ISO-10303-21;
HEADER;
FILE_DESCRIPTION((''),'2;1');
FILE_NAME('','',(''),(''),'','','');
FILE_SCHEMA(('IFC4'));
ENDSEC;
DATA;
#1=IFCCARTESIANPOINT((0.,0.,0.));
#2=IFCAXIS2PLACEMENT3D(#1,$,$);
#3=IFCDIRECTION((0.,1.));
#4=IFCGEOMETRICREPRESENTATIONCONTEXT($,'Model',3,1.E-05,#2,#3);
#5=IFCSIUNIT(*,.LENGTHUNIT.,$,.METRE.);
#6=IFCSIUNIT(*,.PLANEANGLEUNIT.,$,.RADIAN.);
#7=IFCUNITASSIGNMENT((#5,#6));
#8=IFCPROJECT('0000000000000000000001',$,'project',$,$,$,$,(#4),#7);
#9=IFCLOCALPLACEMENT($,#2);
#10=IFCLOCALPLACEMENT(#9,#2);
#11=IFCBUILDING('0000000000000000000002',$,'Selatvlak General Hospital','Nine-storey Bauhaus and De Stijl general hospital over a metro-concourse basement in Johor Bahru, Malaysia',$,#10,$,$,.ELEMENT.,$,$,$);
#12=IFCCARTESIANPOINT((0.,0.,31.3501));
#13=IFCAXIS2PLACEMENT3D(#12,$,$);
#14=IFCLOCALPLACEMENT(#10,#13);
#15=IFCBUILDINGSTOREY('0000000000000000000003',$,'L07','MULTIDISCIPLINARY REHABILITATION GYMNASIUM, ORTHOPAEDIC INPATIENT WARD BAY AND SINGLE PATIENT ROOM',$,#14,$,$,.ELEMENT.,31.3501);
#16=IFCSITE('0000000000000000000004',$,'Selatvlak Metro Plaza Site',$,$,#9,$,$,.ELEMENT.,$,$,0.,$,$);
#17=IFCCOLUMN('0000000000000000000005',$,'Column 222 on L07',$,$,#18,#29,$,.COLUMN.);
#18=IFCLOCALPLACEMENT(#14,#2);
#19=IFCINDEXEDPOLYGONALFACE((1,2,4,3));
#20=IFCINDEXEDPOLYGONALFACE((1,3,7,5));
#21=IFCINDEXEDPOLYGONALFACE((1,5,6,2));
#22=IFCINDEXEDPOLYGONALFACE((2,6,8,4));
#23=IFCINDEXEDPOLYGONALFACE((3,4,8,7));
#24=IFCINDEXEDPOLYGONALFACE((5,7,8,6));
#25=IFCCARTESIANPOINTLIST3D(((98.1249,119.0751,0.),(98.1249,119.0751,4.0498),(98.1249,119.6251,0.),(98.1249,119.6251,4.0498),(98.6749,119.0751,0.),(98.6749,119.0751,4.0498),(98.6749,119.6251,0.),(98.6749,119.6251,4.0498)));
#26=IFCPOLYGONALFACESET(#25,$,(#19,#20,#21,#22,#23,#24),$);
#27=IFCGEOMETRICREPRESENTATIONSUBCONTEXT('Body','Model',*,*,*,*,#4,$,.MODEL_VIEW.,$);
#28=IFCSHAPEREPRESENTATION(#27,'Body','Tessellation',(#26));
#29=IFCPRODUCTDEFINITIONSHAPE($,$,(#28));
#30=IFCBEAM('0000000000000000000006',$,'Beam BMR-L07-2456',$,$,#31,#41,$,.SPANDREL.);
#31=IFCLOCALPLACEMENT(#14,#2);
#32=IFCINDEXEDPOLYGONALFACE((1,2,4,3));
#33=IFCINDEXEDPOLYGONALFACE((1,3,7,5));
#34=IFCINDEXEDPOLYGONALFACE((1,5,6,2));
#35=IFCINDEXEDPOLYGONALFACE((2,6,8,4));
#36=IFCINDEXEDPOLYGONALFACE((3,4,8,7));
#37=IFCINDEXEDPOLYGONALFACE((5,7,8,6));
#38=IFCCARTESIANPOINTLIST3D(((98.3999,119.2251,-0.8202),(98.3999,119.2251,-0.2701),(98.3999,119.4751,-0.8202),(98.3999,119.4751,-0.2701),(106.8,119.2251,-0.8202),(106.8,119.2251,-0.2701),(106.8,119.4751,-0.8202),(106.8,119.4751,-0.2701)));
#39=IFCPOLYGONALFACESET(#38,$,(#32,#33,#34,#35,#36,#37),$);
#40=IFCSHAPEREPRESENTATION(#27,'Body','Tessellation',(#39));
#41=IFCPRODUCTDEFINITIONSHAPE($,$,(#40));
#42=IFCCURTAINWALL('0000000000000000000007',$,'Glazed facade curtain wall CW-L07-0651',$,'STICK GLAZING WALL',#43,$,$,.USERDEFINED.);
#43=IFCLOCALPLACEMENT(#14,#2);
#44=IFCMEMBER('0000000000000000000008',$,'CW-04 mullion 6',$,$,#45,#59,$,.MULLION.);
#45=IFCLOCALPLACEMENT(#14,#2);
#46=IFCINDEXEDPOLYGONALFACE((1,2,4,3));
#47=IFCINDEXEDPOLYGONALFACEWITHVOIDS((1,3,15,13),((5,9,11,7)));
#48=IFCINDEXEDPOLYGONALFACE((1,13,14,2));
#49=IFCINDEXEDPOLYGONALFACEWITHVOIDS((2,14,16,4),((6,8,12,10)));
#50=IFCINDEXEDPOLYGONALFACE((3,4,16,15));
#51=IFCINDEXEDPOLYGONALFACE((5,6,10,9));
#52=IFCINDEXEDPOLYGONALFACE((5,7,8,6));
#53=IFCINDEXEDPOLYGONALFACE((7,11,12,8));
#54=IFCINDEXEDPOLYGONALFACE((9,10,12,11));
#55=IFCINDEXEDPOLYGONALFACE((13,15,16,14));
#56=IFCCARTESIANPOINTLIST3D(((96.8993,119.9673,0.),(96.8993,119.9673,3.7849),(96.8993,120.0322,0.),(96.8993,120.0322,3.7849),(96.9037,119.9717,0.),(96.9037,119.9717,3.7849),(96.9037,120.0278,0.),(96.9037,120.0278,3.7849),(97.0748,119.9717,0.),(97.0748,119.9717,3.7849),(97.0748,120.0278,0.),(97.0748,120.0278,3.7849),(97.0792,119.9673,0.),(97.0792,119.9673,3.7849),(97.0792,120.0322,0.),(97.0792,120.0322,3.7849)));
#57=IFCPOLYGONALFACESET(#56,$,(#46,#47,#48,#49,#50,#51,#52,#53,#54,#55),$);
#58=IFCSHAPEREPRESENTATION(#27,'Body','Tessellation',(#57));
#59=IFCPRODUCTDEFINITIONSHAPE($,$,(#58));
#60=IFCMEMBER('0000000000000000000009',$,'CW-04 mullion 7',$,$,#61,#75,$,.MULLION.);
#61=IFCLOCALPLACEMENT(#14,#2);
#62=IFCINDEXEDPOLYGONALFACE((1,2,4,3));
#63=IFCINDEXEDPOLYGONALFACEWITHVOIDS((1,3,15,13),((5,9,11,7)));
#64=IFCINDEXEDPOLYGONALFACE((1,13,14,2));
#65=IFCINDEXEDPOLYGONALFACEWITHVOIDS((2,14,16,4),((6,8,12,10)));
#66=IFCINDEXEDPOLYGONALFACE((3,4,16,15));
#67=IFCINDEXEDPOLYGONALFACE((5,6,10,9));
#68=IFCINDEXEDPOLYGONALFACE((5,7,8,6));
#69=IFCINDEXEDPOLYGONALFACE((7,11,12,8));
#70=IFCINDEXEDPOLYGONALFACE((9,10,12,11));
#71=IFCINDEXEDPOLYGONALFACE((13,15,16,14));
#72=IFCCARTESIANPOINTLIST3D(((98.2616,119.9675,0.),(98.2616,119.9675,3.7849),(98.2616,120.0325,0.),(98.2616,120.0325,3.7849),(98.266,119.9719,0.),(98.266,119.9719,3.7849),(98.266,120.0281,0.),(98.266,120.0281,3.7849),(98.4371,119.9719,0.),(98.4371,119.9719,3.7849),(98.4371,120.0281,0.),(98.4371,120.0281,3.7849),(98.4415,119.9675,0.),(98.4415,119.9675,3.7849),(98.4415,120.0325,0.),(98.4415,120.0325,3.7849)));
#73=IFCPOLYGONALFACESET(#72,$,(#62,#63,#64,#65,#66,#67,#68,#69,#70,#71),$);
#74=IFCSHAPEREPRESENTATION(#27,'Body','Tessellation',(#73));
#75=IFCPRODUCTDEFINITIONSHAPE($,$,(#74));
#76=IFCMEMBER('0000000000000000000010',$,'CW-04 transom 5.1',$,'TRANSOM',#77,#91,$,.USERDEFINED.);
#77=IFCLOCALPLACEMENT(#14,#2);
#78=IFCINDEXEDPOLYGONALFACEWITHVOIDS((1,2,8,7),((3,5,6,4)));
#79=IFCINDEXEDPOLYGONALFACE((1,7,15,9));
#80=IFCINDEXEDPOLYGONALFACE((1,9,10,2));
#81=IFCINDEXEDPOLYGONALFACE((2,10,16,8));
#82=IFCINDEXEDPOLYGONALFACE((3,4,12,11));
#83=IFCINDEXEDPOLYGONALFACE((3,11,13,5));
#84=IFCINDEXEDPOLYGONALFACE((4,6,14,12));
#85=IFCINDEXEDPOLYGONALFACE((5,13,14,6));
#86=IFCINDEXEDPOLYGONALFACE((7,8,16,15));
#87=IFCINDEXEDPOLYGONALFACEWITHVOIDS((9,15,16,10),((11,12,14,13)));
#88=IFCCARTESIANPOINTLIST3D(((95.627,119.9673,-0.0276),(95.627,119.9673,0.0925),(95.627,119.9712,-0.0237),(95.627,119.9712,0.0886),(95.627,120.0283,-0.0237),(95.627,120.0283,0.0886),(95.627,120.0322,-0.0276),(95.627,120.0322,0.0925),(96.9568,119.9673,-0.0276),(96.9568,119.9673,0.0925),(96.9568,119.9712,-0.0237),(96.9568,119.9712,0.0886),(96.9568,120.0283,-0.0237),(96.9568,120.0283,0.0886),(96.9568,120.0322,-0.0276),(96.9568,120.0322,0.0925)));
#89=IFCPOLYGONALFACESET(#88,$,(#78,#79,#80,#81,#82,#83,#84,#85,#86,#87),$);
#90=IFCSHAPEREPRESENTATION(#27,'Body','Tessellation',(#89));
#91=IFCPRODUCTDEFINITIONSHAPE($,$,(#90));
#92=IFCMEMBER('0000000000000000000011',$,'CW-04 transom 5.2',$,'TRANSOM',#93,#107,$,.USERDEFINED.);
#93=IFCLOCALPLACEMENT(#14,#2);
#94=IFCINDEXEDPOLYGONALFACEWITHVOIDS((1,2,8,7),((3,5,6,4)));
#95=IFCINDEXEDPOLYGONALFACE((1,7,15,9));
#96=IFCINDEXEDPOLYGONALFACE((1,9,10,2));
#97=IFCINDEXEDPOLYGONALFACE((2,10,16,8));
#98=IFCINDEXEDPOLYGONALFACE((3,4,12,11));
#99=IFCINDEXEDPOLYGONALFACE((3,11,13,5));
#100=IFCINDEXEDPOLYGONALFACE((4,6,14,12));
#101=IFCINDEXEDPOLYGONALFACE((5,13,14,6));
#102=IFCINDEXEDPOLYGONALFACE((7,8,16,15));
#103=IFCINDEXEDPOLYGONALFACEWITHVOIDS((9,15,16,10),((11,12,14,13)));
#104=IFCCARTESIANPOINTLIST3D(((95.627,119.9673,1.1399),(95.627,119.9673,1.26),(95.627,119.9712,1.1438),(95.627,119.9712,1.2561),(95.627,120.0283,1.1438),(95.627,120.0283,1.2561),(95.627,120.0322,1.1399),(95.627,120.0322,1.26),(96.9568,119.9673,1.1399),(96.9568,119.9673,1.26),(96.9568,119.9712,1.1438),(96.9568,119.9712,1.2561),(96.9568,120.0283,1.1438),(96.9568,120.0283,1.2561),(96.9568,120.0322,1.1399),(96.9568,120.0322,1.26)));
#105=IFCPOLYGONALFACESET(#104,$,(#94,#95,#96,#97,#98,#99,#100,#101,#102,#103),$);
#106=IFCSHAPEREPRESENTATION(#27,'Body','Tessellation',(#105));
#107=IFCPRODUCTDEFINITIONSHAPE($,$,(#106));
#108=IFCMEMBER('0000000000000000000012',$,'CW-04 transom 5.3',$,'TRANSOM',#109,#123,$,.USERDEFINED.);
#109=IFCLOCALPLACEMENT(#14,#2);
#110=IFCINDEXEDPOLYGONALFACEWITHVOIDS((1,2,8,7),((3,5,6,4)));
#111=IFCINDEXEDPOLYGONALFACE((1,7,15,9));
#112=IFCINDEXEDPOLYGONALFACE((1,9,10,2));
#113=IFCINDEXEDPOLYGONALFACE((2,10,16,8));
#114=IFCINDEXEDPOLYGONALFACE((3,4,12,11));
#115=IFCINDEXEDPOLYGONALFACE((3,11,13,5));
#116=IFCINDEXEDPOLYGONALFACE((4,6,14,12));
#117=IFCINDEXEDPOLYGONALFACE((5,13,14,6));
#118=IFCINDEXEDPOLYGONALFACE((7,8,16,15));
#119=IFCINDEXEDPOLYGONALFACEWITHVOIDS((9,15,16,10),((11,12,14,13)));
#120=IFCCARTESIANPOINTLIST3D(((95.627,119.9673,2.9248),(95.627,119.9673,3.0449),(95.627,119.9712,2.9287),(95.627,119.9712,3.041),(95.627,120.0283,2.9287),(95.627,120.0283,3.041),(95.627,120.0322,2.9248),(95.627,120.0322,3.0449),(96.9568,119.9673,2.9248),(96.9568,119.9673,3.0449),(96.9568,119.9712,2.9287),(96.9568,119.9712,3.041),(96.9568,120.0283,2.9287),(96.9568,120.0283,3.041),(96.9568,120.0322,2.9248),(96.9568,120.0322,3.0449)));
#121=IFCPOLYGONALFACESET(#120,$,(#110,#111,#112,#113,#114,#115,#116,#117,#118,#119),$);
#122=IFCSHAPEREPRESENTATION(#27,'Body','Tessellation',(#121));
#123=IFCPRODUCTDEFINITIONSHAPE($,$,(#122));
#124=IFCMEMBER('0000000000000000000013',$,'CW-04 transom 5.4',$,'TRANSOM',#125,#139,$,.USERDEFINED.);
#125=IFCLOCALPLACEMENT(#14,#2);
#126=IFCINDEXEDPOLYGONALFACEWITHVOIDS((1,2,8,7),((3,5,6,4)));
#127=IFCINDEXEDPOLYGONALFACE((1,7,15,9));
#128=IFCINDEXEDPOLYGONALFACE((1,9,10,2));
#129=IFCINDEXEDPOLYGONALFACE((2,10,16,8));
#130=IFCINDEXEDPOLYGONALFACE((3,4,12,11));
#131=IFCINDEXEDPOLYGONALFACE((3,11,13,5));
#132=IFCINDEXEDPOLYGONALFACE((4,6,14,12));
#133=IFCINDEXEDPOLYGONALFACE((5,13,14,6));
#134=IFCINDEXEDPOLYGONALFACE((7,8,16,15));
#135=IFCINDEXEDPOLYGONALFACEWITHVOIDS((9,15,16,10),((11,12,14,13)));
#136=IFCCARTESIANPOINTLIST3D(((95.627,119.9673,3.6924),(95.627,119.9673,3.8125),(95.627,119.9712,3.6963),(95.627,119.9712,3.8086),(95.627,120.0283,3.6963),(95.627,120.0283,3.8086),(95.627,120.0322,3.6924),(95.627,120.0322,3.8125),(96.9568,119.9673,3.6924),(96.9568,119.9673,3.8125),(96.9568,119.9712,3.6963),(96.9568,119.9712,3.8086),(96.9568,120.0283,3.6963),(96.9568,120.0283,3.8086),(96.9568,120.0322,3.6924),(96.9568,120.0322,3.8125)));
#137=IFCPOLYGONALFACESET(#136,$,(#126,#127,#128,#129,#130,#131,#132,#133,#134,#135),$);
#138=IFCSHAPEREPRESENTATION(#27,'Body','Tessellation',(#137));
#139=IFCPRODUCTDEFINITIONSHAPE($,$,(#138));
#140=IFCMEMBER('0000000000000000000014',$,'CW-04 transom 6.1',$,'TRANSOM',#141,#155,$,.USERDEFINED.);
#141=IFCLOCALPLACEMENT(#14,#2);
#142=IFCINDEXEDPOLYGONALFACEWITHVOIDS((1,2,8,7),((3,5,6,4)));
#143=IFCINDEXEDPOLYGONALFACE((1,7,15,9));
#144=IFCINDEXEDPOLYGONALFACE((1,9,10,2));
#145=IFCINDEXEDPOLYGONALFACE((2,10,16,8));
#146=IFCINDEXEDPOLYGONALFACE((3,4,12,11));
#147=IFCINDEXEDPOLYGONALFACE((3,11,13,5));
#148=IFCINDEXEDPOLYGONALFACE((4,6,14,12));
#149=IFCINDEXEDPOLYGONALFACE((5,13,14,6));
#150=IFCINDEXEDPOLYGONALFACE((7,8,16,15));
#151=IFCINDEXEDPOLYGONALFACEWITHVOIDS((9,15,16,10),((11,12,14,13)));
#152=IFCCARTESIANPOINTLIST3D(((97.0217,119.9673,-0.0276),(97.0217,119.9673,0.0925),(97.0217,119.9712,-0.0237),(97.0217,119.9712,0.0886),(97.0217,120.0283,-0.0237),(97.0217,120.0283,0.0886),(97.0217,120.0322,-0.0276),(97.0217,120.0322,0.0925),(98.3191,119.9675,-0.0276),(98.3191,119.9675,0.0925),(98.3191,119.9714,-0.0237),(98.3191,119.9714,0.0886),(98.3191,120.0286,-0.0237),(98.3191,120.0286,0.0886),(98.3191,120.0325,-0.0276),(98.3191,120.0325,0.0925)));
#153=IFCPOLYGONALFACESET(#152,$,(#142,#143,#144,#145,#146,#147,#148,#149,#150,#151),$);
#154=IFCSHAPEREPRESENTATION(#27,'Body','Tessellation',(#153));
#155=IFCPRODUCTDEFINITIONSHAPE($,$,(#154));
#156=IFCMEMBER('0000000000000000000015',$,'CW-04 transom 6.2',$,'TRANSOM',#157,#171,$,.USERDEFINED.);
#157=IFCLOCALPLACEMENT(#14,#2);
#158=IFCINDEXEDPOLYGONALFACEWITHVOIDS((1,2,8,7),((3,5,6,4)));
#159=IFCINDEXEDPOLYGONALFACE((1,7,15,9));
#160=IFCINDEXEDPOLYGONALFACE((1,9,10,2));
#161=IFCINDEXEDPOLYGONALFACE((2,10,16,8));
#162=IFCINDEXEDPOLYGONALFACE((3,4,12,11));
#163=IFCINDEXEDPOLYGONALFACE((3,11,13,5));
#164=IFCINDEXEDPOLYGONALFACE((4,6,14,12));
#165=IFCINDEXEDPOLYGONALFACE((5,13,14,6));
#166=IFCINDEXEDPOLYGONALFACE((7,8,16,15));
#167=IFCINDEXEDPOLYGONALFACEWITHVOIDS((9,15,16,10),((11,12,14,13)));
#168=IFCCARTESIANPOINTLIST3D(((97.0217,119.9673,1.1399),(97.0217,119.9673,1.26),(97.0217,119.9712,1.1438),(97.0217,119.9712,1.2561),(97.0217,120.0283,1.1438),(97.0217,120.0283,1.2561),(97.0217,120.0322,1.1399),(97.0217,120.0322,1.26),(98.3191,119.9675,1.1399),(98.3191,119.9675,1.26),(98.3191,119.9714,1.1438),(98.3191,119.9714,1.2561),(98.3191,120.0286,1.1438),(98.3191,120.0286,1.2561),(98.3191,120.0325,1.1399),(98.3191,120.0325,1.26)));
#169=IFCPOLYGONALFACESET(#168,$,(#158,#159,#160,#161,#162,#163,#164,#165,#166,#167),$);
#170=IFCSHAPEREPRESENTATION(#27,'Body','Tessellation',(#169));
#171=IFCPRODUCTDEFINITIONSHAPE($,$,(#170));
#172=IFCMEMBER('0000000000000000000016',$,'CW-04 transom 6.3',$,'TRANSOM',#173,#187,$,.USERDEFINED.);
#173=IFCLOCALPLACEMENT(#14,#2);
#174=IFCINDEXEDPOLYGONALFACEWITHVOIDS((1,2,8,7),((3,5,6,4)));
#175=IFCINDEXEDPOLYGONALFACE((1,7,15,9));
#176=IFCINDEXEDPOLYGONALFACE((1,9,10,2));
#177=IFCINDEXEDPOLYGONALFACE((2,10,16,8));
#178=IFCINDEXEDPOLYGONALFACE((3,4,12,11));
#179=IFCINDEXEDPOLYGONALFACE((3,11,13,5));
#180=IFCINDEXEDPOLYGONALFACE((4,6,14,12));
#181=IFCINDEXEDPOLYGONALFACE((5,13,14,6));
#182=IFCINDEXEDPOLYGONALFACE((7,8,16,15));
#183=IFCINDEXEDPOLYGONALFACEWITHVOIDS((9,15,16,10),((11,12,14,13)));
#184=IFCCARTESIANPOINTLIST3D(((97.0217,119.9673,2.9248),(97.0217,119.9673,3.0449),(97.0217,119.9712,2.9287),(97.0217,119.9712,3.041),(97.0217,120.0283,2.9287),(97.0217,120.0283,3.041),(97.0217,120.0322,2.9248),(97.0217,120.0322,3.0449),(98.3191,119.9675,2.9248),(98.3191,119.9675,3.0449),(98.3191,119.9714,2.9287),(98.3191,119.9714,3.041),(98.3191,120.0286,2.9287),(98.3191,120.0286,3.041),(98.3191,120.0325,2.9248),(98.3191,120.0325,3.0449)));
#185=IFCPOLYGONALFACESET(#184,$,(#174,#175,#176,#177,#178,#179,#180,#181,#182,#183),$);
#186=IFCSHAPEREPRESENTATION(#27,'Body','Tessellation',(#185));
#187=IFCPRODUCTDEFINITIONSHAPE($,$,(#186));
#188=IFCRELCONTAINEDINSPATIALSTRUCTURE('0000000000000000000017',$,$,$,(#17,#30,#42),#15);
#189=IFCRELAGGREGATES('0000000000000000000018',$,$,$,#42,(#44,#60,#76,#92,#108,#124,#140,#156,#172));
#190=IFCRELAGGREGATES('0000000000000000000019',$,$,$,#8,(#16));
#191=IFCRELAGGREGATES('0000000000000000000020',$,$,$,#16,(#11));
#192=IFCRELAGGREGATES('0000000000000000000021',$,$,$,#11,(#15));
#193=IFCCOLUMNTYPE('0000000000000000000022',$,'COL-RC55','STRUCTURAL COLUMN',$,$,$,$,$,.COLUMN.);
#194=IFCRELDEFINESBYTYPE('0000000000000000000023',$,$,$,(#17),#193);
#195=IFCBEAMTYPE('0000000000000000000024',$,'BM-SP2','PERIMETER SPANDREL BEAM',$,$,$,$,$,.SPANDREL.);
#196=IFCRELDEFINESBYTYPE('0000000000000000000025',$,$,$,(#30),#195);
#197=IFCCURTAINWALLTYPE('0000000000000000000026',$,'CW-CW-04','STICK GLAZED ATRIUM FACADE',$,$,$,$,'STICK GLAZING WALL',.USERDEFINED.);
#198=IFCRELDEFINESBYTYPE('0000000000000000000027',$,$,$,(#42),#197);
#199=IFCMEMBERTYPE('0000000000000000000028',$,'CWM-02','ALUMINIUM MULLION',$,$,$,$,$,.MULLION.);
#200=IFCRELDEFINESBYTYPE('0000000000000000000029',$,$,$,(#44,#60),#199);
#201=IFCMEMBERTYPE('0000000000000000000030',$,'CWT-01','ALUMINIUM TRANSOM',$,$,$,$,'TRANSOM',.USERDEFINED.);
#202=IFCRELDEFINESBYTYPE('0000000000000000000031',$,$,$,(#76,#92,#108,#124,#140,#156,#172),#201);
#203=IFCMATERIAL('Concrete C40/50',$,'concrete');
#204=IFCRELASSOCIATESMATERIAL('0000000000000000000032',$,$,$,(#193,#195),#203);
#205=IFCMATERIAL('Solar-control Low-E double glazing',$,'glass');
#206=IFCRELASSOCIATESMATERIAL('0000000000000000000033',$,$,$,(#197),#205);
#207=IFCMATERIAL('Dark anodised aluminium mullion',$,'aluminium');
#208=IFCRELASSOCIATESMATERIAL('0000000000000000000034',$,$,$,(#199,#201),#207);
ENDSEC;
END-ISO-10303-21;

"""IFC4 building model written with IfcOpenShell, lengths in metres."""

from ifc_helpers import new_model, si_unit, direction, frame, origin, origin_2d, place, context, subcontext, project, spatial, rectangle, hollow_rectangle, extrude, material, material_profile, profile_set, type_object, element, aggregate, save


model = new_model("IFC4")

# Units and contexts
model_context = context("Model", 3, precision=1e-05, world=origin(), true_north=direction((0.0, 1.0)))
body_context = subcontext(model_context, "Body", "Model", "MODEL_VIEW")
ifc_project = project(units=[si_unit("LENGTHUNIT", "METRE"), si_unit("PLANEANGLEUNIT", "RADIAN")], contexts=[model_context])

# Site, building, storey
site_placement = place(None, origin())
site = spatial("IfcSite", under=ifc_project, at=site_placement, Name="Selatvlak Metro Plaza Site", CompositionType="ELEMENT", RefElevation=0.0)
building_placement = place(site_placement, origin())
building = spatial("IfcBuilding", under=site, at=building_placement, Name="Selatvlak General Hospital", Description="Nine-storey Bauhaus and De Stijl general hospital over a metro-concourse basement in Johor Bahru, Malaysia", CompositionType="ELEMENT")
storey_placement = place(building_placement, frame((0.0, 0.0, 31.3501)))
storey = spatial("IfcBuildingStorey", under=building, at=storey_placement, Name="L07", Description="MULTIDISCIPLINARY REHABILITATION GYMNASIUM, ORTHOPAEDIC INPATIENT WARD BAY AND SINGLE PATIENT ROOM", CompositionType="ELEMENT", Elevation=31.3501)

# Column
ifc_material_1 = material(Name="Concrete C40/50", Category="concrete")
ifc_material_profile_1 = material_profile(ifc_material_1, rectangle(XDim=0.55, YDim=0.55, at=origin_2d()), Name="RC-COL 550x550")
ifc_profile_set_1 = profile_set([ifc_material_profile_1], Name="Concrete C40/50")
column_type = type_object("IfcColumnType", Name="COL-RC55", Description="STRUCTURAL COLUMN", PredefinedType="COLUMN", material=ifc_profile_set_1)
column_placement = place(storey_placement, frame((98.3999, 119.3501, 0.0), z_axis=(0.0, 0.0, 1.0), x_axis=(1.0, 0.0, 0.0)))
element("IfcColumn", 1, at=column_placement, inside=storey, type_object=column_type, Name="Column 222 on L07", PredefinedType="COLUMN", context=body_context, shape_type="SweptSolid", body=[
    extrude(rectangle(XDim=0.55, YDim=0.55, at=origin_2d()), origin(), (0.0, 0.0, 1.0), 4.0498),
])

# Beam
ifc_material_profile_2 = material_profile(ifc_material_1, rectangle(XDim=0.25, YDim=0.55, at=origin_2d()), Name="RC-SP 250x550")
ifc_profile_set_2 = profile_set([ifc_material_profile_2], Name="Concrete C40/50")
beam_type = type_object("IfcBeamType", Name="BM-SP2", Description="PERIMETER SPANDREL BEAM", PredefinedType="SPANDREL", material=ifc_profile_set_2)
beam_placement = place(storey_placement, frame((98.3999, 119.3501, -0.5452), z_axis=(1.0, 0.0, 0.0), x_axis=(0.0, 1.0, 0.0)))
element("IfcBeam", 2, at=beam_placement, inside=storey, type_object=beam_type, Name="Beam BMR-L07-2456", PredefinedType="SPANDREL", context=body_context, shape_type="SweptSolid", body=[
    extrude(rectangle(XDim=0.25, YDim=0.55, at=origin_2d()), origin(), (0.0, 0.0, 1.0), 8.4001),
])

# Curtain wall, members
ifc_material_2 = material(Name="Solar-control Low-E double glazing", Category="glass")
curtain_wall_type = type_object("IfcCurtainWallType", Name="CW-CW-04", Description="STICK GLAZED ATRIUM FACADE", ElementType="STICK GLAZING WALL", PredefinedType="USERDEFINED", material=ifc_material_2)
curtain_wall_placement = place(storey_placement, origin())
curtain_wall = element("IfcCurtainWall", 3, at=curtain_wall_placement, inside=storey, type_object=curtain_wall_type, Name="Glazed facade curtain wall CW-L07-0651", ObjectType="STICK GLAZING WALL", PredefinedType="USERDEFINED")
ifc_material_3 = material(Name="Dark anodised aluminium mullion", Category="aluminium")
ifc_material_profile_3 = material_profile(ifc_material_3, hollow_rectangle(XDim=0.0649, YDim=0.1799, WallThickness=0.0044, at=origin_2d()), Name="AL-MUL 65x180x4.5")
ifc_profile_set_3 = profile_set([ifc_material_profile_3], Name="Dark anodised aluminium mullion")
member_type_1 = type_object("IfcMemberType", Name="CWM-02", Description="ALUMINIUM MULLION", PredefinedType="MULLION", material=ifc_profile_set_3)
member_1_placement = place(storey_placement, frame((96.9893, 119.9998, 0.0), z_axis=(0.0, 0.0, 1.0), x_axis=(-0.000119, 1.0, 0.0)))
member_1 = element("IfcMember", 4, at=member_1_placement, type_object=member_type_1, Name="CW-04 mullion 6", PredefinedType="MULLION", context=body_context, shape_type="SweptSolid", body=[
    extrude(hollow_rectangle(XDim=0.0649, YDim=0.1799, WallThickness=0.0044, at=origin_2d()), origin(), (0.0, 0.0, 1.0), 3.7849),
])
member_2_placement = place(storey_placement, frame((98.3516, 120.0, 0.0), z_axis=(0.0, 0.0, 1.0), x_axis=(-0.000119, 1.0, 0.0)))
member_2 = element("IfcMember", 5, at=member_2_placement, type_object=member_type_1, Name="CW-04 mullion 7", PredefinedType="MULLION", context=body_context, shape_type="SweptSolid", body=[
    extrude(hollow_rectangle(XDim=0.0649, YDim=0.1799, WallThickness=0.0044, at=origin_2d()), origin(), (0.0, 0.0, 1.0), 3.7849),
])
ifc_material_profile_4 = material_profile(ifc_material_3, hollow_rectangle(XDim=0.0649, YDim=0.1201, WallThickness=0.0039, at=origin_2d()), Name="AL-TRN 65x120x4")
ifc_profile_set_4 = profile_set([ifc_material_profile_4], Name="Dark anodised aluminium mullion")
member_type_2 = type_object("IfcMemberType", Name="CWT-01", Description="ALUMINIUM TRANSOM", ElementType="TRANSOM", PredefinedType="USERDEFINED", material=ifc_profile_set_4)
member_3_placement = place(storey_placement, frame((95.627, 119.9998, 0.0325), z_axis=(1.0, 0.0, 0.0), x_axis=(0.0, 1.0, 0.0)))
member_3 = element("IfcMember", 6, at=member_3_placement, type_object=member_type_2, Name="CW-04 transom 5.1", ObjectType="TRANSOM", PredefinedType="USERDEFINED", context=body_context, shape_type="SweptSolid", body=[
    extrude(hollow_rectangle(XDim=0.0649, YDim=0.1201, WallThickness=0.0039, at=origin_2d()), origin(), (0.0, 0.0, 1.0), 1.3298),
])
member_4_placement = place(storey_placement, frame((95.627, 119.9998, 1.2), z_axis=(1.0, 0.0, 0.0), x_axis=(0.0, 1.0, 0.0)))
member_4 = element("IfcMember", 7, at=member_4_placement, type_object=member_type_2, Name="CW-04 transom 5.2", ObjectType="TRANSOM", PredefinedType="USERDEFINED", context=body_context, shape_type="SweptSolid", body=[
    extrude(hollow_rectangle(XDim=0.0649, YDim=0.1201, WallThickness=0.0039, at=origin_2d()), origin(), (0.0, 0.0, 1.0), 1.3298),
])
member_5_placement = place(storey_placement, frame((95.627, 119.9998, 2.9849), z_axis=(1.0, 0.0, 0.0), x_axis=(0.0, 1.0, 0.0)))
member_5 = element("IfcMember", 8, at=member_5_placement, type_object=member_type_2, Name="CW-04 transom 5.3", ObjectType="TRANSOM", PredefinedType="USERDEFINED", context=body_context, shape_type="SweptSolid", body=[
    extrude(hollow_rectangle(XDim=0.0649, YDim=0.1201, WallThickness=0.0039, at=origin_2d()), origin(), (0.0, 0.0, 1.0), 1.3298),
])
member_6_placement = place(storey_placement, frame((95.627, 119.9998, 3.7524), z_axis=(1.0, 0.0, 0.0), x_axis=(0.0, 1.0, 0.0)))
member_6 = element("IfcMember", 9, at=member_6_placement, type_object=member_type_2, Name="CW-04 transom 5.4", ObjectType="TRANSOM", PredefinedType="USERDEFINED", context=body_context, shape_type="SweptSolid", body=[
    extrude(hollow_rectangle(XDim=0.0649, YDim=0.1201, WallThickness=0.0039, at=origin_2d()), origin(), (0.0, 0.0, 1.0), 1.3298),
])
member_7_placement = place(storey_placement, frame((97.0217, 119.9998, 0.0325), z_axis=(1.0, 0.000188, 0.0), x_axis=(-0.000188, 1.0, 0.0)))
member_7 = element("IfcMember", 10, at=member_7_placement, type_object=member_type_2, Name="CW-04 transom 6.1", ObjectType="TRANSOM", PredefinedType="USERDEFINED", context=body_context, shape_type="SweptSolid", body=[
    extrude(hollow_rectangle(XDim=0.0649, YDim=0.1201, WallThickness=0.0039, at=origin_2d()), origin(), (0.0, 0.0, 1.0), 1.2974),
])
member_8_placement = place(storey_placement, frame((97.0217, 119.9998, 1.2), z_axis=(1.0, 0.000188, 0.0), x_axis=(-0.000188, 1.0, 0.0)))
member_8 = element("IfcMember", 11, at=member_8_placement, type_object=member_type_2, Name="CW-04 transom 6.2", ObjectType="TRANSOM", PredefinedType="USERDEFINED", context=body_context, shape_type="SweptSolid", body=[
    extrude(hollow_rectangle(XDim=0.0649, YDim=0.1201, WallThickness=0.0039, at=origin_2d()), origin(), (0.0, 0.0, 1.0), 1.2974),
])
member_9_placement = place(storey_placement, frame((97.0217, 119.9998, 2.9849), z_axis=(1.0, 0.000188, 0.0), x_axis=(-0.000188, 1.0, 0.0)))
member_9 = element("IfcMember", 12, at=member_9_placement, type_object=member_type_2, Name="CW-04 transom 6.3", ObjectType="TRANSOM", PredefinedType="USERDEFINED", context=body_context, shape_type="SweptSolid", body=[
    extrude(hollow_rectangle(XDim=0.0649, YDim=0.1201, WallThickness=0.0039, at=origin_2d()), origin(), (0.0, 0.0, 1.0), 1.2974),
])
aggregate(curtain_wall, [member_1, member_2, member_3, member_4, member_5, member_6, member_7, member_8, member_9])

save(model, "model.ifc")
